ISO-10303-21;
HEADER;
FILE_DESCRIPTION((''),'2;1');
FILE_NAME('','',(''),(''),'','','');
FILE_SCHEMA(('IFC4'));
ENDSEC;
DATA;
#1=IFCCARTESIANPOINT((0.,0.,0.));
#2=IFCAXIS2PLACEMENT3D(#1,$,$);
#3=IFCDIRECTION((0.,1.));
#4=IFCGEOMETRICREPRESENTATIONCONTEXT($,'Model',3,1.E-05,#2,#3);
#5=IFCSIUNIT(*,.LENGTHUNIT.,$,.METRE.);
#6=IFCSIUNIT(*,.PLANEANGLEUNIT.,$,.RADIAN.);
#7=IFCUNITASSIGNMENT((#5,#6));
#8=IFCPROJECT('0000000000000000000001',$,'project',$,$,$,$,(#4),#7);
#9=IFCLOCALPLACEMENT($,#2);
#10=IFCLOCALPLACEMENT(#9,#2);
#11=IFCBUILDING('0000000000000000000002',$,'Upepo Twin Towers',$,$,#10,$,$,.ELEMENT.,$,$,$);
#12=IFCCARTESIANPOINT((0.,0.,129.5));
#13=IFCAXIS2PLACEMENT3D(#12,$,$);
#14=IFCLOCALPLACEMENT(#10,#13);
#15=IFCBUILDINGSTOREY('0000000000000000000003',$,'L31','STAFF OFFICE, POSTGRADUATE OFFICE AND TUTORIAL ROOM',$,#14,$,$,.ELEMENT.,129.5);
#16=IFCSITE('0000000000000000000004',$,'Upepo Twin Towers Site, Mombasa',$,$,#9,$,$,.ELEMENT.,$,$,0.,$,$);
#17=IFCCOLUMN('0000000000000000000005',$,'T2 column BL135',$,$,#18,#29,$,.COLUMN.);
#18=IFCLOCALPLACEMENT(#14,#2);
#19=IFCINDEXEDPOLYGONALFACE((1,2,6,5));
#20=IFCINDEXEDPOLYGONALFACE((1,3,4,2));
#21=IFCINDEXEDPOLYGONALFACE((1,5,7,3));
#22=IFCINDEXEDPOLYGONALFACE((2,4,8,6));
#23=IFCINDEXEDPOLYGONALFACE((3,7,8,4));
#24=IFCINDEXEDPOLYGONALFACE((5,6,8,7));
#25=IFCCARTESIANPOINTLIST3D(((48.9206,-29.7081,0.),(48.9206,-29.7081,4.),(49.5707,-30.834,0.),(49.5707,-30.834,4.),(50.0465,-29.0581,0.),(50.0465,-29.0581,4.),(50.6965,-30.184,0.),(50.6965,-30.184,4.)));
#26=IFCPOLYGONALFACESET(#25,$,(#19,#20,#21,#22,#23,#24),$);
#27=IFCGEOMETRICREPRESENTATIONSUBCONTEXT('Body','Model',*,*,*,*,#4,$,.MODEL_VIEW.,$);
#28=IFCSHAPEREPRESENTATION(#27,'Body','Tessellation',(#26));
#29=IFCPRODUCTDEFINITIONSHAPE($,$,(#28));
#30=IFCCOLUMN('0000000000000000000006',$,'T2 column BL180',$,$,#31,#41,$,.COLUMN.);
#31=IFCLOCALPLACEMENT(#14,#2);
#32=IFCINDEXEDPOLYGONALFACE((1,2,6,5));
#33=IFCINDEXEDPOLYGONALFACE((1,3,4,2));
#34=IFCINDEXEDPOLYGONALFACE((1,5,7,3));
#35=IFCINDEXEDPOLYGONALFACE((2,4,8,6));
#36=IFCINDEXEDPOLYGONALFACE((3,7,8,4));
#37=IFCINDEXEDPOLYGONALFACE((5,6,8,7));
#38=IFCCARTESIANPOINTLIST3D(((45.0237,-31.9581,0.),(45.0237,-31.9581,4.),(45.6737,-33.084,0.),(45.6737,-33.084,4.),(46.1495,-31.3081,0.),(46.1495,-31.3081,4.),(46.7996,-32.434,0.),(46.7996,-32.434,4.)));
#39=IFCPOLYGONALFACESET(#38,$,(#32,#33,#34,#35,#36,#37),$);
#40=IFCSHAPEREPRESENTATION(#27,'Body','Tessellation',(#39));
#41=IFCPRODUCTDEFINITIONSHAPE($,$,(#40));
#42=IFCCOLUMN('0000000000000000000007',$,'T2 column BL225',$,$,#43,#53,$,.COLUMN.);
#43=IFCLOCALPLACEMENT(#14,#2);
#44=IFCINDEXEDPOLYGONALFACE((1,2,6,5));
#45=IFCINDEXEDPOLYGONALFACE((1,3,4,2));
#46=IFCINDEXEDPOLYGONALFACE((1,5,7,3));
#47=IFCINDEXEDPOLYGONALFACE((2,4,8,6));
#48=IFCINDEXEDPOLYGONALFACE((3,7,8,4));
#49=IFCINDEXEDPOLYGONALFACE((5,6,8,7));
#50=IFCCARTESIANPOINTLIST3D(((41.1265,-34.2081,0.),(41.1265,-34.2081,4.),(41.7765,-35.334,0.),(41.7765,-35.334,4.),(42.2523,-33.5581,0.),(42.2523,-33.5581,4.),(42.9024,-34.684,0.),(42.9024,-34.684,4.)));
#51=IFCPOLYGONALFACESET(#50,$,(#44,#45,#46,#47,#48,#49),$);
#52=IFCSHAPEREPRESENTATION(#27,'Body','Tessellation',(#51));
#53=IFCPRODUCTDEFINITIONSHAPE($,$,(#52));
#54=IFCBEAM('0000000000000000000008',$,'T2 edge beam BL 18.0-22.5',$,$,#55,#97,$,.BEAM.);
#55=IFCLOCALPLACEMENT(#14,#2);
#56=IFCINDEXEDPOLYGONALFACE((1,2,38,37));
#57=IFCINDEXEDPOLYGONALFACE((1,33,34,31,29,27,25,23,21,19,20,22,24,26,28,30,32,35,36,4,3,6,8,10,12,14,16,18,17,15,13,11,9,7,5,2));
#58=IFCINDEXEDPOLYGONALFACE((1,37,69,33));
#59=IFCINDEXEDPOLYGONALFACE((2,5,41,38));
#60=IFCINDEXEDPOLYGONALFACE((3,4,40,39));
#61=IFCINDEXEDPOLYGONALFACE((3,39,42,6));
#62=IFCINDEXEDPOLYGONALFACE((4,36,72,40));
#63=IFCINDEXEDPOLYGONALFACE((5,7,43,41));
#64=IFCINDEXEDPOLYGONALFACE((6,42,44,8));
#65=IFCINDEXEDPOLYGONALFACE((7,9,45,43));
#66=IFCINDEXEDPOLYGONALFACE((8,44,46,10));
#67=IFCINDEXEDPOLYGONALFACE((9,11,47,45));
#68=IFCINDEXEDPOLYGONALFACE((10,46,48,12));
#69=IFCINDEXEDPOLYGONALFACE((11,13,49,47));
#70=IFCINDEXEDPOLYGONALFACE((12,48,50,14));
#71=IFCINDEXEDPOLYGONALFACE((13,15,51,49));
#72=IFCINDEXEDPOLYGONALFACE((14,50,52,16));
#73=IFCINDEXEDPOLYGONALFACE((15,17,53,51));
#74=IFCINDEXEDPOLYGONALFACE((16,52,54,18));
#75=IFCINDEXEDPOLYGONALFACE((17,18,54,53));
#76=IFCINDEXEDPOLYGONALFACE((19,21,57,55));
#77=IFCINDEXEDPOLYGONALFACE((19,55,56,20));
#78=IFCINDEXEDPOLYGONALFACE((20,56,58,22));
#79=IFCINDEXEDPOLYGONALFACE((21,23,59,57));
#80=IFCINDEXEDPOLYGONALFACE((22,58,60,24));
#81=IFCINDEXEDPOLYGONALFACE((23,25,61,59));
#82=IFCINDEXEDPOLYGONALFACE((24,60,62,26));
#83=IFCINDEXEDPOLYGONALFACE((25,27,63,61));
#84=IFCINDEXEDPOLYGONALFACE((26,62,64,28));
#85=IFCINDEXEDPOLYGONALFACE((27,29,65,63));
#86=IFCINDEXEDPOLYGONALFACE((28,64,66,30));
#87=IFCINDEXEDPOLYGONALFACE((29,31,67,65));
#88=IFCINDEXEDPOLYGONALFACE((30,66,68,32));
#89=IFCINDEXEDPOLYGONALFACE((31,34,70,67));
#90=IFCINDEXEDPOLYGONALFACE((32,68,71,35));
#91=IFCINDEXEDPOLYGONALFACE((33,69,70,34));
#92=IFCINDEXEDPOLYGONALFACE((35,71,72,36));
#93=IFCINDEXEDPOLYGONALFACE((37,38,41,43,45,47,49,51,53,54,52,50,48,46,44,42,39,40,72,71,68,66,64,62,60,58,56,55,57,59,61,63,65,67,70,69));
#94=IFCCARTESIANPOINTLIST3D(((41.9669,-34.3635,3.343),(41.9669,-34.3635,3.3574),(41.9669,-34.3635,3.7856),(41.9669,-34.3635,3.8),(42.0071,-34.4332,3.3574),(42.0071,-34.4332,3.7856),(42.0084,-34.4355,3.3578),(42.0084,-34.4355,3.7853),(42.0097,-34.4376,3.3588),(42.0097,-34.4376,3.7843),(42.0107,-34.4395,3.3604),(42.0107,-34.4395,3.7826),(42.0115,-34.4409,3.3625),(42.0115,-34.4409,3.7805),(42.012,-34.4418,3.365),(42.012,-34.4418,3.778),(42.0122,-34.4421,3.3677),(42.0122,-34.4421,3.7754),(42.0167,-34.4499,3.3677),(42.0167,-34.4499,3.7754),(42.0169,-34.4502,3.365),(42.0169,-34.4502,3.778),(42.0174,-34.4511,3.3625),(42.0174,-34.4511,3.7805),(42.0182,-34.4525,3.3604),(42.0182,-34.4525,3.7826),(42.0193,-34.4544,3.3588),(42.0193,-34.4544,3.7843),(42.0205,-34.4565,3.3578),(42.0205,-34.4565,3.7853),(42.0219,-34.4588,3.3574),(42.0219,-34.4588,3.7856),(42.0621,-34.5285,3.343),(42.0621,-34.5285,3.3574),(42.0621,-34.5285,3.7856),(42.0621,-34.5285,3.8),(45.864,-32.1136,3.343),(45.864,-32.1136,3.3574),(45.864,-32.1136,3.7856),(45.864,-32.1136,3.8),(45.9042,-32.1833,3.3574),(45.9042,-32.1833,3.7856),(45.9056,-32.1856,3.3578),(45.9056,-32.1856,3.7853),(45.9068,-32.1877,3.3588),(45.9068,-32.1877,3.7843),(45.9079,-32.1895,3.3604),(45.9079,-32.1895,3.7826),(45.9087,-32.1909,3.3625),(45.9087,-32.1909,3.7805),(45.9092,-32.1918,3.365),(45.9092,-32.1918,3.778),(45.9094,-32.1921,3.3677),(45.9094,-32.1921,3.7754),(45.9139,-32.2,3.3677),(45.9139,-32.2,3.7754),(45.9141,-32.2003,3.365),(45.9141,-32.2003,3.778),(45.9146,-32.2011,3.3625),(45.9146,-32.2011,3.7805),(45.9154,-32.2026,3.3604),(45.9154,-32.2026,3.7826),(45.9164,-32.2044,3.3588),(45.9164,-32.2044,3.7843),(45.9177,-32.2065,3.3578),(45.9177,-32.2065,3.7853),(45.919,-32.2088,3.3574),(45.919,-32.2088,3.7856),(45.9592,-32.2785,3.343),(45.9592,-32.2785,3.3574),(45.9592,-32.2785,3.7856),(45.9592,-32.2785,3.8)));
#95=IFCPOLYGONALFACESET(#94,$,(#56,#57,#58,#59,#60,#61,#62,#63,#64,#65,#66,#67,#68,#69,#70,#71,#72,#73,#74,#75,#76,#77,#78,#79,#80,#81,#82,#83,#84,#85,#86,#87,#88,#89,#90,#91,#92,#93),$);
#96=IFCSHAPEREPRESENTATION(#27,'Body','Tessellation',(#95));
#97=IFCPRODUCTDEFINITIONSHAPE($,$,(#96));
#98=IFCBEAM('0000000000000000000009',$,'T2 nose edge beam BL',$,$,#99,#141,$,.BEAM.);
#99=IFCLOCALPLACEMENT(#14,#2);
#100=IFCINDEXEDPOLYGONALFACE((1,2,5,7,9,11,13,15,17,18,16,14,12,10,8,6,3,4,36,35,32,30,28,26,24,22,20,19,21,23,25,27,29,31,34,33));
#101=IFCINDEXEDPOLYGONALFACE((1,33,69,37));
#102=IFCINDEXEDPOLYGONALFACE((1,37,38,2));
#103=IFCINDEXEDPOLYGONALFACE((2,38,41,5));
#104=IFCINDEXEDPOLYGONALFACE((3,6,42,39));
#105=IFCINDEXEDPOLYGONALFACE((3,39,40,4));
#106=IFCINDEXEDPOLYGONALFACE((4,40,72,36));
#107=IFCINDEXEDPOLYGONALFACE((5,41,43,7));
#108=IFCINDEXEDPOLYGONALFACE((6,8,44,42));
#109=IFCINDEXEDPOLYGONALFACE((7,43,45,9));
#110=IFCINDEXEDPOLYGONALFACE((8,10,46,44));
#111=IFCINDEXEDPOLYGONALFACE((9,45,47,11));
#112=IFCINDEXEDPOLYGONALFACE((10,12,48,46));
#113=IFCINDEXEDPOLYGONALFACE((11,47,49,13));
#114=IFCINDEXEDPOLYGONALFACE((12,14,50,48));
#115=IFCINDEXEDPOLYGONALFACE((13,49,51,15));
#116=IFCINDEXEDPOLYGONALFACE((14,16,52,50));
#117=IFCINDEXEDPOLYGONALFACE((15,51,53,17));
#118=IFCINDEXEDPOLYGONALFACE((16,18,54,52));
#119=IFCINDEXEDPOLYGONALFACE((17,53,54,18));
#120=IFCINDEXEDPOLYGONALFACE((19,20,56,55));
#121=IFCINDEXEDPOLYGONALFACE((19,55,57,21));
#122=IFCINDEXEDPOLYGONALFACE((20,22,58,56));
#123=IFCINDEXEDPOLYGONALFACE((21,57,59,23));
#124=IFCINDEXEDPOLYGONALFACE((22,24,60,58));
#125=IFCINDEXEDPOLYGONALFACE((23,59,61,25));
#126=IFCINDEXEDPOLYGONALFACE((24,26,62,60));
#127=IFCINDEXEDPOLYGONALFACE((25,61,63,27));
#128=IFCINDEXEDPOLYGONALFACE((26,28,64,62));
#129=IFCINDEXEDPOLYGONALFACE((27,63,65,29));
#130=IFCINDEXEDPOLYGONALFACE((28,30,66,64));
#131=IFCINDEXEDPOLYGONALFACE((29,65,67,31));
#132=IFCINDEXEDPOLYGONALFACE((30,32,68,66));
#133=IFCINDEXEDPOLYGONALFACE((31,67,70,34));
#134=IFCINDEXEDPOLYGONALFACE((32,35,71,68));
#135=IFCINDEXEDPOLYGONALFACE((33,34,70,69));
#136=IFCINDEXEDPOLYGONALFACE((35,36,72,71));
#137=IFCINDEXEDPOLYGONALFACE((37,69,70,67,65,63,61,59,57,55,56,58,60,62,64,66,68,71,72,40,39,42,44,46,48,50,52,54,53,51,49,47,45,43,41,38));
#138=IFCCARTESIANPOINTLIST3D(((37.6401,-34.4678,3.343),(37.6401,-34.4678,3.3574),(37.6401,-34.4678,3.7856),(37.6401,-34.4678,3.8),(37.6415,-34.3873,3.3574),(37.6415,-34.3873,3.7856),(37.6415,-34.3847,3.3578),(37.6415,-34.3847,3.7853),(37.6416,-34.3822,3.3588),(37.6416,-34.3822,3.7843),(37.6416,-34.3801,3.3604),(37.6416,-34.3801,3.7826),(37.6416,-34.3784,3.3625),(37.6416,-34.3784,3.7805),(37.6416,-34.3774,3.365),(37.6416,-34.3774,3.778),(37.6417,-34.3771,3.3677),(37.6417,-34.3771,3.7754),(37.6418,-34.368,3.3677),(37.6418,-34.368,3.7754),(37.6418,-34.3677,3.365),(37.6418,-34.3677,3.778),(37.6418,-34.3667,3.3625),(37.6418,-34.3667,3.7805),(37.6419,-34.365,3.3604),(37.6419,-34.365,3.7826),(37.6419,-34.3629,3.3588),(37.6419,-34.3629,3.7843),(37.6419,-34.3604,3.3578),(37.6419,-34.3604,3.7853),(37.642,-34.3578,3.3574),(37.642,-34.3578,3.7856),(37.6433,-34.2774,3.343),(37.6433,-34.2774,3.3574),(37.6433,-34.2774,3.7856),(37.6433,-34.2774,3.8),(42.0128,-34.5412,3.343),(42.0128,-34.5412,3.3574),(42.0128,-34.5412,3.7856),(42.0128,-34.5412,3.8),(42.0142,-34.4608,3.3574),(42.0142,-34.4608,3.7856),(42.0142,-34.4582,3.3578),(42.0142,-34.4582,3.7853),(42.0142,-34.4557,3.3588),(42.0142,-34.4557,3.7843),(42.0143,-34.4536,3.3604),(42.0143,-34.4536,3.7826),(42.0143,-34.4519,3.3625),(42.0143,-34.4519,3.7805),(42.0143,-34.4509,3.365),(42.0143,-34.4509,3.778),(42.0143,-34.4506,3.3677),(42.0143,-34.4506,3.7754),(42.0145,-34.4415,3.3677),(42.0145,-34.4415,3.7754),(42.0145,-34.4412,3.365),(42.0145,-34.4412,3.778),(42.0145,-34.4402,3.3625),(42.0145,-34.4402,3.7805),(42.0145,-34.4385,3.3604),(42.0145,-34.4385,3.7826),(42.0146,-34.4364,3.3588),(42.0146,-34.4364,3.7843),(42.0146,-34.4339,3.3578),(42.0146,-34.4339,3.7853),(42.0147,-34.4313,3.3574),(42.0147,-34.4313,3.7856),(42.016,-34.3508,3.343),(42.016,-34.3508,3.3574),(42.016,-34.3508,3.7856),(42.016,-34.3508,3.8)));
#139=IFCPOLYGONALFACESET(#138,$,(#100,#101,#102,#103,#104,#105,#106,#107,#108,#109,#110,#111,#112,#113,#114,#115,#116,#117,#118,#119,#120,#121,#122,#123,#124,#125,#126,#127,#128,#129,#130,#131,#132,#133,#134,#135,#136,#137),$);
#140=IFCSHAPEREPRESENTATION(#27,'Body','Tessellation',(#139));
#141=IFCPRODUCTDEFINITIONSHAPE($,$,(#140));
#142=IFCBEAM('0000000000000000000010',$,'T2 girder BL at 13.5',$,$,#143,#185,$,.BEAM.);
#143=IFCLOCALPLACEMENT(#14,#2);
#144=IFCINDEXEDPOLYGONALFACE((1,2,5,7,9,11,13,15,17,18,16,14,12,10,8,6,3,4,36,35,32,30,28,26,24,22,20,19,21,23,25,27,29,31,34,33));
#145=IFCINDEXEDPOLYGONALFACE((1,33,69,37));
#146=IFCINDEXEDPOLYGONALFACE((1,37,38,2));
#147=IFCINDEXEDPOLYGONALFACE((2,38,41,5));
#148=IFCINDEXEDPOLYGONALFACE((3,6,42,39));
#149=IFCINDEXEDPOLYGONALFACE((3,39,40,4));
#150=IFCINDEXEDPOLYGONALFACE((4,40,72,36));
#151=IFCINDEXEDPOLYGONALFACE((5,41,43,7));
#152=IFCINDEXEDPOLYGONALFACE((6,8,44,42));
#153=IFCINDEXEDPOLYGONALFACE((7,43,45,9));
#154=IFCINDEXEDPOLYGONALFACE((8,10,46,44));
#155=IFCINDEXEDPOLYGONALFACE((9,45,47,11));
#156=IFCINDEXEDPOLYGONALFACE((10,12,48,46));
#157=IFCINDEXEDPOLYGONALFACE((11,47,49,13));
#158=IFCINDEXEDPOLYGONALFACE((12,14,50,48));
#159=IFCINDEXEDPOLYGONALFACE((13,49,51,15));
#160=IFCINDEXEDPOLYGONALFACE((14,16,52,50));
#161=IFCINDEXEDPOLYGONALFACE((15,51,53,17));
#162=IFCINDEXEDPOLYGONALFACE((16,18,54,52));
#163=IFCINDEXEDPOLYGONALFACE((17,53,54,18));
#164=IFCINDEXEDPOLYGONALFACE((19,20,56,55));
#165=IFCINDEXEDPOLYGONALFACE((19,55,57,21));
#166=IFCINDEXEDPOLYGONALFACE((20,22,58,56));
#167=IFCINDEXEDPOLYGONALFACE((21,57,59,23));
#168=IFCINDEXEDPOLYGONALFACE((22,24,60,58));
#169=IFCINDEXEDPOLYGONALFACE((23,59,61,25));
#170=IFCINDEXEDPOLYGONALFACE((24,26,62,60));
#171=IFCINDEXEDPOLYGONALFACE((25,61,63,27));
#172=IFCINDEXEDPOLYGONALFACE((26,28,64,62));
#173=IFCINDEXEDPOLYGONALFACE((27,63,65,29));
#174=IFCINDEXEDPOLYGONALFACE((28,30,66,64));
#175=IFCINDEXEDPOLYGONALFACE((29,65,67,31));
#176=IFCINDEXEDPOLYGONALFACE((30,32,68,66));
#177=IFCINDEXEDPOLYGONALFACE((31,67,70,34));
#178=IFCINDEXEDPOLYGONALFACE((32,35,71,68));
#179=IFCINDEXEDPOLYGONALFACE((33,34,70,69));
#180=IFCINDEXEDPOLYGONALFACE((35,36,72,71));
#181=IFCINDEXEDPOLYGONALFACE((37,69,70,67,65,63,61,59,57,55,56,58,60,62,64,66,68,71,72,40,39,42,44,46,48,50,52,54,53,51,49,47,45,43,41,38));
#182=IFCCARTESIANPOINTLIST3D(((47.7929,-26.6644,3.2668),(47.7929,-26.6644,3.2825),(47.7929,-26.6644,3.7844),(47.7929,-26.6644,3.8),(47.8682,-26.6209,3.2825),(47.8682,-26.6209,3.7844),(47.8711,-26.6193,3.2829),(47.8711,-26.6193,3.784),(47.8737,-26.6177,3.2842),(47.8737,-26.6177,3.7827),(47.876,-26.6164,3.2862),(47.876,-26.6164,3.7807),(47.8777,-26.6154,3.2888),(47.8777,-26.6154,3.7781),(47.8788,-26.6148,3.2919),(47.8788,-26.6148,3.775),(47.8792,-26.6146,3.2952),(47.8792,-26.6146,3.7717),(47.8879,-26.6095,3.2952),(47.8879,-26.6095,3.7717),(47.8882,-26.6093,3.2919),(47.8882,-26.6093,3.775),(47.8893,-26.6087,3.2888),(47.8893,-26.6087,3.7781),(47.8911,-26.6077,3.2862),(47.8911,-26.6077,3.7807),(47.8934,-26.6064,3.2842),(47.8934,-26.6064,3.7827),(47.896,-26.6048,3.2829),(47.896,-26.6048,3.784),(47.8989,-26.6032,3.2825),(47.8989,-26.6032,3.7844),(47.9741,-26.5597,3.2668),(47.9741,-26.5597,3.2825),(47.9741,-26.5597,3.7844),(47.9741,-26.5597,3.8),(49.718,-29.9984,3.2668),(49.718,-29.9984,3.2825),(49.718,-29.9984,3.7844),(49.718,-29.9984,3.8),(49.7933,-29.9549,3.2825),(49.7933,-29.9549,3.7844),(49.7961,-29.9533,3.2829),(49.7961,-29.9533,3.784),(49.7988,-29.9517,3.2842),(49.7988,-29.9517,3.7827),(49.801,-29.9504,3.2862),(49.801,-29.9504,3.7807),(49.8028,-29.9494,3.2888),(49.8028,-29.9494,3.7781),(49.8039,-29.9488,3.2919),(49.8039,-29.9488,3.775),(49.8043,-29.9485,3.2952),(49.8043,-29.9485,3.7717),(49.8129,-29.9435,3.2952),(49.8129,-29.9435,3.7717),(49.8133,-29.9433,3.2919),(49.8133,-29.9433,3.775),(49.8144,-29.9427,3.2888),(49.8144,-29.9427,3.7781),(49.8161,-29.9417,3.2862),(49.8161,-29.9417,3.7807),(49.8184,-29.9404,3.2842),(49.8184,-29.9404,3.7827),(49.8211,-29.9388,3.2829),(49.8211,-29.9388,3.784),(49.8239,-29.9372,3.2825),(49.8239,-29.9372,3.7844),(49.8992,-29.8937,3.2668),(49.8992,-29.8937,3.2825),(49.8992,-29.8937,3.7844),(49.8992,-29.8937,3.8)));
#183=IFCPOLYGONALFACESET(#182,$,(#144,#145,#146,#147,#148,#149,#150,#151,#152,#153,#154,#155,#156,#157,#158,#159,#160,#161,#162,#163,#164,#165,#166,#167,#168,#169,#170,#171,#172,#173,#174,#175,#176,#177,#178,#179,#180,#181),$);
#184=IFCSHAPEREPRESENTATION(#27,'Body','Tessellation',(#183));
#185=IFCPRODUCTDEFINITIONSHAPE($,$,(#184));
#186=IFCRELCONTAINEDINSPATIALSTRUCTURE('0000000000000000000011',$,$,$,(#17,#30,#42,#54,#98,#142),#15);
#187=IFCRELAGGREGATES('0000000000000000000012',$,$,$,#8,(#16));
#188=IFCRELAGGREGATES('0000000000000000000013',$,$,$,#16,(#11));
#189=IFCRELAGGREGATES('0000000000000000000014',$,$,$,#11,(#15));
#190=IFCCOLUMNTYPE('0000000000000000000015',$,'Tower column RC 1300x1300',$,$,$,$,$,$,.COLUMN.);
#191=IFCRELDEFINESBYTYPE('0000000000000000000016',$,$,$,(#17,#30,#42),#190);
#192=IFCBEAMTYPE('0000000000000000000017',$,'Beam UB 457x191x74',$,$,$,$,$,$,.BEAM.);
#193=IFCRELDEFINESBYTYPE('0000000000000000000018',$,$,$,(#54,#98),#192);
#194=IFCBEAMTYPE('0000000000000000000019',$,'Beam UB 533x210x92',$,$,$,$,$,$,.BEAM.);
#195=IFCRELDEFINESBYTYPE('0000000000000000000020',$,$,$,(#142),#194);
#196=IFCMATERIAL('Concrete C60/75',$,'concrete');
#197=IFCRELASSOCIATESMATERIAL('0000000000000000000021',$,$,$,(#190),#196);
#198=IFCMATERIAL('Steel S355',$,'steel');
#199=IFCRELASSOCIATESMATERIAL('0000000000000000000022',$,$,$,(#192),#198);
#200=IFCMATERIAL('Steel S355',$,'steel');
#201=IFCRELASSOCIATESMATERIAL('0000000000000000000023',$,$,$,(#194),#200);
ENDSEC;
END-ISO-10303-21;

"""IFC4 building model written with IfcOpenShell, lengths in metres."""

from ifc_helpers import new_model, si_unit, direction, frame, origin, origin_2d, place, context, subcontext, project, spatial, rectangle, i_section, extrude, material, material_profile, profile_set, type_object, element, save


model = new_model("IFC4")

# Units and contexts
model_context = context("Model", 3, precision=1e-05, world=origin(), true_north=direction((0.0, 1.0)))
body_context = subcontext(model_context, "Body", "Model", "MODEL_VIEW")
ifc_project = project(units=[si_unit("LENGTHUNIT", "METRE"), si_unit("PLANEANGLEUNIT", "RADIAN")], contexts=[model_context])

# Site, building, storey
site_placement = place(None, origin())
site = spatial("IfcSite", under=ifc_project, at=site_placement, Name="Upepo Twin Towers Site, Mombasa", CompositionType="ELEMENT", RefElevation=0.0)
building_placement = place(site_placement, origin())
building = spatial("IfcBuilding", under=site, at=building_placement, Name="Upepo Twin Towers", CompositionType="ELEMENT")
storey_placement = place(building_placement, frame((0.0, 0.0, 129.5)))
storey = spatial("IfcBuildingStorey", under=building, at=storey_placement, Name="L31", Description="STAFF OFFICE, POSTGRADUATE OFFICE AND TUTORIAL ROOM", CompositionType="ELEMENT", Elevation=129.5)

# Columns
ifc_material_1 = material(Name="Concrete C60/75", Category="concrete")
ifc_material_profile_1 = material_profile(ifc_material_1, rectangle(XDim=1.3, YDim=1.3, at=origin_2d()), Name="RC 1300x1300")
ifc_profile_set_1 = profile_set([ifc_material_profile_1], Name="Concrete C60/75")
column_type = type_object("IfcColumnType", Name="Tower column RC 1300x1300", PredefinedType="COLUMN", material=ifc_profile_set_1)
for number, where, z_axis, x_axis, name in (
    (1, (49.8086, -29.946, 0.0), (0.0, 0.0, 1.0), (0.866025, 0.5, 0.0), "T2 column BL135"),
    (2, (45.9116, -32.196, 0.0), (0.0, 0.0, 1.0), (0.866025, 0.5, 0.0), "T2 column BL180"),
    (3, (42.0144, -34.446, 0.0), (0.0, 0.0, 1.0), (0.866025, 0.5, 0.0), "T2 column BL225"),
):
    element("IfcColumn", number, at=place(storey_placement, frame(where, z_axis=z_axis, x_axis=x_axis)), inside=storey, type_object=column_type, Name=name, PredefinedType="COLUMN", context=body_context, shape_type="SweptSolid", body=[
        extrude(rectangle(XDim=1.3, YDim=1.3, at=origin_2d()), origin(), (0.0, 0.0, 1.0), 4.0),
    ])

# Beams
ifc_material_2 = material(Name="Steel S355", Category="steel")
ifc_material_profile_2 = material_profile(ifc_material_2, i_section(OverallWidth=0.1904, OverallDepth=0.457, WebThickness=0.009, FlangeThickness=0.0144, FilletRadius=0.0103, at=origin_2d()), Name="UB 457x191x74")
ifc_profile_set_2 = profile_set([ifc_material_profile_2], Name="Steel S355")
beam_type_1 = type_object("IfcBeamType", Name="Beam UB 457x191x74", PredefinedType="BEAM", material=ifc_profile_set_2)
beam_1_placement = place(storey_placement, frame((45.9116, -32.196, 3.5715), z_axis=(-0.866031, -0.49999, 0.0), x_axis=(0.49999, -0.866031, 0.0)))
element("IfcBeam", 4, at=beam_1_placement, inside=storey, type_object=beam_type_1, Name="T2 edge beam BL 18.0-22.5", PredefinedType="BEAM", context=body_context, shape_type="SweptSolid", body=[
    extrude(i_section(OverallWidth=0.1904, OverallDepth=0.457, WebThickness=0.009, FlangeThickness=0.0144, FilletRadius=0.0103, at=origin_2d()), origin(), (0.0, 0.0, 1.0), 4.5),
])
beam_2_placement = place(storey_placement, frame((42.0144, -34.446, 3.5715), z_axis=(-0.999859, 0.016804, 0.0), x_axis=(-0.016804, -0.999859, 0.0)))
element("IfcBeam", 5, at=beam_2_placement, inside=storey, type_object=beam_type_1, Name="T2 nose edge beam BL", PredefinedType="BEAM", context=body_context, shape_type="SweptSolid", body=[
    extrude(i_section(OverallWidth=0.1904, OverallDepth=0.457, WebThickness=0.009, FlangeThickness=0.0144, FilletRadius=0.0103, at=origin_2d()), origin(), (0.0, 0.0, 1.0), 4.3733),
])
ifc_material_3 = material(Name="Steel S355", Category="steel")
ifc_material_profile_3 = material_profile(ifc_material_3, i_section(OverallWidth=0.2092, OverallDepth=0.5332, WebThickness=0.01, FlangeThickness=0.0156, FilletRadius=0.0127, at=origin_2d()), Name="UB 533x210x92")
ifc_profile_set_3 = profile_set([ifc_material_profile_3], Name="Steel S355")
beam_type_2 = type_object("IfcBeamType", Name="Beam UB 533x210x92", PredefinedType="BEAM", material=ifc_profile_set_3)
for number, where, z_axis, x_axis, name in (
    (6, (49.8086, -29.946, 3.5334), (-0.500034, 0.866006, 0.0), (-0.866006, -0.500034, 0.0), "T2 girder BL at 13.5"),
):
    element("IfcBeam", number, at=place(storey_placement, frame(where, z_axis=z_axis, x_axis=x_axis)), inside=storey, type_object=beam_type_2, Name=name, PredefinedType="BEAM", context=body_context, shape_type="SweptSolid", body=[
        extrude(i_section(OverallWidth=0.2092, OverallDepth=0.5332, WebThickness=0.01, FlangeThickness=0.0156, FilletRadius=0.0127, at=origin_2d()), origin(), (0.0, 0.0, 1.0), 3.8499),
    ])

save(model, "model.ifc")
